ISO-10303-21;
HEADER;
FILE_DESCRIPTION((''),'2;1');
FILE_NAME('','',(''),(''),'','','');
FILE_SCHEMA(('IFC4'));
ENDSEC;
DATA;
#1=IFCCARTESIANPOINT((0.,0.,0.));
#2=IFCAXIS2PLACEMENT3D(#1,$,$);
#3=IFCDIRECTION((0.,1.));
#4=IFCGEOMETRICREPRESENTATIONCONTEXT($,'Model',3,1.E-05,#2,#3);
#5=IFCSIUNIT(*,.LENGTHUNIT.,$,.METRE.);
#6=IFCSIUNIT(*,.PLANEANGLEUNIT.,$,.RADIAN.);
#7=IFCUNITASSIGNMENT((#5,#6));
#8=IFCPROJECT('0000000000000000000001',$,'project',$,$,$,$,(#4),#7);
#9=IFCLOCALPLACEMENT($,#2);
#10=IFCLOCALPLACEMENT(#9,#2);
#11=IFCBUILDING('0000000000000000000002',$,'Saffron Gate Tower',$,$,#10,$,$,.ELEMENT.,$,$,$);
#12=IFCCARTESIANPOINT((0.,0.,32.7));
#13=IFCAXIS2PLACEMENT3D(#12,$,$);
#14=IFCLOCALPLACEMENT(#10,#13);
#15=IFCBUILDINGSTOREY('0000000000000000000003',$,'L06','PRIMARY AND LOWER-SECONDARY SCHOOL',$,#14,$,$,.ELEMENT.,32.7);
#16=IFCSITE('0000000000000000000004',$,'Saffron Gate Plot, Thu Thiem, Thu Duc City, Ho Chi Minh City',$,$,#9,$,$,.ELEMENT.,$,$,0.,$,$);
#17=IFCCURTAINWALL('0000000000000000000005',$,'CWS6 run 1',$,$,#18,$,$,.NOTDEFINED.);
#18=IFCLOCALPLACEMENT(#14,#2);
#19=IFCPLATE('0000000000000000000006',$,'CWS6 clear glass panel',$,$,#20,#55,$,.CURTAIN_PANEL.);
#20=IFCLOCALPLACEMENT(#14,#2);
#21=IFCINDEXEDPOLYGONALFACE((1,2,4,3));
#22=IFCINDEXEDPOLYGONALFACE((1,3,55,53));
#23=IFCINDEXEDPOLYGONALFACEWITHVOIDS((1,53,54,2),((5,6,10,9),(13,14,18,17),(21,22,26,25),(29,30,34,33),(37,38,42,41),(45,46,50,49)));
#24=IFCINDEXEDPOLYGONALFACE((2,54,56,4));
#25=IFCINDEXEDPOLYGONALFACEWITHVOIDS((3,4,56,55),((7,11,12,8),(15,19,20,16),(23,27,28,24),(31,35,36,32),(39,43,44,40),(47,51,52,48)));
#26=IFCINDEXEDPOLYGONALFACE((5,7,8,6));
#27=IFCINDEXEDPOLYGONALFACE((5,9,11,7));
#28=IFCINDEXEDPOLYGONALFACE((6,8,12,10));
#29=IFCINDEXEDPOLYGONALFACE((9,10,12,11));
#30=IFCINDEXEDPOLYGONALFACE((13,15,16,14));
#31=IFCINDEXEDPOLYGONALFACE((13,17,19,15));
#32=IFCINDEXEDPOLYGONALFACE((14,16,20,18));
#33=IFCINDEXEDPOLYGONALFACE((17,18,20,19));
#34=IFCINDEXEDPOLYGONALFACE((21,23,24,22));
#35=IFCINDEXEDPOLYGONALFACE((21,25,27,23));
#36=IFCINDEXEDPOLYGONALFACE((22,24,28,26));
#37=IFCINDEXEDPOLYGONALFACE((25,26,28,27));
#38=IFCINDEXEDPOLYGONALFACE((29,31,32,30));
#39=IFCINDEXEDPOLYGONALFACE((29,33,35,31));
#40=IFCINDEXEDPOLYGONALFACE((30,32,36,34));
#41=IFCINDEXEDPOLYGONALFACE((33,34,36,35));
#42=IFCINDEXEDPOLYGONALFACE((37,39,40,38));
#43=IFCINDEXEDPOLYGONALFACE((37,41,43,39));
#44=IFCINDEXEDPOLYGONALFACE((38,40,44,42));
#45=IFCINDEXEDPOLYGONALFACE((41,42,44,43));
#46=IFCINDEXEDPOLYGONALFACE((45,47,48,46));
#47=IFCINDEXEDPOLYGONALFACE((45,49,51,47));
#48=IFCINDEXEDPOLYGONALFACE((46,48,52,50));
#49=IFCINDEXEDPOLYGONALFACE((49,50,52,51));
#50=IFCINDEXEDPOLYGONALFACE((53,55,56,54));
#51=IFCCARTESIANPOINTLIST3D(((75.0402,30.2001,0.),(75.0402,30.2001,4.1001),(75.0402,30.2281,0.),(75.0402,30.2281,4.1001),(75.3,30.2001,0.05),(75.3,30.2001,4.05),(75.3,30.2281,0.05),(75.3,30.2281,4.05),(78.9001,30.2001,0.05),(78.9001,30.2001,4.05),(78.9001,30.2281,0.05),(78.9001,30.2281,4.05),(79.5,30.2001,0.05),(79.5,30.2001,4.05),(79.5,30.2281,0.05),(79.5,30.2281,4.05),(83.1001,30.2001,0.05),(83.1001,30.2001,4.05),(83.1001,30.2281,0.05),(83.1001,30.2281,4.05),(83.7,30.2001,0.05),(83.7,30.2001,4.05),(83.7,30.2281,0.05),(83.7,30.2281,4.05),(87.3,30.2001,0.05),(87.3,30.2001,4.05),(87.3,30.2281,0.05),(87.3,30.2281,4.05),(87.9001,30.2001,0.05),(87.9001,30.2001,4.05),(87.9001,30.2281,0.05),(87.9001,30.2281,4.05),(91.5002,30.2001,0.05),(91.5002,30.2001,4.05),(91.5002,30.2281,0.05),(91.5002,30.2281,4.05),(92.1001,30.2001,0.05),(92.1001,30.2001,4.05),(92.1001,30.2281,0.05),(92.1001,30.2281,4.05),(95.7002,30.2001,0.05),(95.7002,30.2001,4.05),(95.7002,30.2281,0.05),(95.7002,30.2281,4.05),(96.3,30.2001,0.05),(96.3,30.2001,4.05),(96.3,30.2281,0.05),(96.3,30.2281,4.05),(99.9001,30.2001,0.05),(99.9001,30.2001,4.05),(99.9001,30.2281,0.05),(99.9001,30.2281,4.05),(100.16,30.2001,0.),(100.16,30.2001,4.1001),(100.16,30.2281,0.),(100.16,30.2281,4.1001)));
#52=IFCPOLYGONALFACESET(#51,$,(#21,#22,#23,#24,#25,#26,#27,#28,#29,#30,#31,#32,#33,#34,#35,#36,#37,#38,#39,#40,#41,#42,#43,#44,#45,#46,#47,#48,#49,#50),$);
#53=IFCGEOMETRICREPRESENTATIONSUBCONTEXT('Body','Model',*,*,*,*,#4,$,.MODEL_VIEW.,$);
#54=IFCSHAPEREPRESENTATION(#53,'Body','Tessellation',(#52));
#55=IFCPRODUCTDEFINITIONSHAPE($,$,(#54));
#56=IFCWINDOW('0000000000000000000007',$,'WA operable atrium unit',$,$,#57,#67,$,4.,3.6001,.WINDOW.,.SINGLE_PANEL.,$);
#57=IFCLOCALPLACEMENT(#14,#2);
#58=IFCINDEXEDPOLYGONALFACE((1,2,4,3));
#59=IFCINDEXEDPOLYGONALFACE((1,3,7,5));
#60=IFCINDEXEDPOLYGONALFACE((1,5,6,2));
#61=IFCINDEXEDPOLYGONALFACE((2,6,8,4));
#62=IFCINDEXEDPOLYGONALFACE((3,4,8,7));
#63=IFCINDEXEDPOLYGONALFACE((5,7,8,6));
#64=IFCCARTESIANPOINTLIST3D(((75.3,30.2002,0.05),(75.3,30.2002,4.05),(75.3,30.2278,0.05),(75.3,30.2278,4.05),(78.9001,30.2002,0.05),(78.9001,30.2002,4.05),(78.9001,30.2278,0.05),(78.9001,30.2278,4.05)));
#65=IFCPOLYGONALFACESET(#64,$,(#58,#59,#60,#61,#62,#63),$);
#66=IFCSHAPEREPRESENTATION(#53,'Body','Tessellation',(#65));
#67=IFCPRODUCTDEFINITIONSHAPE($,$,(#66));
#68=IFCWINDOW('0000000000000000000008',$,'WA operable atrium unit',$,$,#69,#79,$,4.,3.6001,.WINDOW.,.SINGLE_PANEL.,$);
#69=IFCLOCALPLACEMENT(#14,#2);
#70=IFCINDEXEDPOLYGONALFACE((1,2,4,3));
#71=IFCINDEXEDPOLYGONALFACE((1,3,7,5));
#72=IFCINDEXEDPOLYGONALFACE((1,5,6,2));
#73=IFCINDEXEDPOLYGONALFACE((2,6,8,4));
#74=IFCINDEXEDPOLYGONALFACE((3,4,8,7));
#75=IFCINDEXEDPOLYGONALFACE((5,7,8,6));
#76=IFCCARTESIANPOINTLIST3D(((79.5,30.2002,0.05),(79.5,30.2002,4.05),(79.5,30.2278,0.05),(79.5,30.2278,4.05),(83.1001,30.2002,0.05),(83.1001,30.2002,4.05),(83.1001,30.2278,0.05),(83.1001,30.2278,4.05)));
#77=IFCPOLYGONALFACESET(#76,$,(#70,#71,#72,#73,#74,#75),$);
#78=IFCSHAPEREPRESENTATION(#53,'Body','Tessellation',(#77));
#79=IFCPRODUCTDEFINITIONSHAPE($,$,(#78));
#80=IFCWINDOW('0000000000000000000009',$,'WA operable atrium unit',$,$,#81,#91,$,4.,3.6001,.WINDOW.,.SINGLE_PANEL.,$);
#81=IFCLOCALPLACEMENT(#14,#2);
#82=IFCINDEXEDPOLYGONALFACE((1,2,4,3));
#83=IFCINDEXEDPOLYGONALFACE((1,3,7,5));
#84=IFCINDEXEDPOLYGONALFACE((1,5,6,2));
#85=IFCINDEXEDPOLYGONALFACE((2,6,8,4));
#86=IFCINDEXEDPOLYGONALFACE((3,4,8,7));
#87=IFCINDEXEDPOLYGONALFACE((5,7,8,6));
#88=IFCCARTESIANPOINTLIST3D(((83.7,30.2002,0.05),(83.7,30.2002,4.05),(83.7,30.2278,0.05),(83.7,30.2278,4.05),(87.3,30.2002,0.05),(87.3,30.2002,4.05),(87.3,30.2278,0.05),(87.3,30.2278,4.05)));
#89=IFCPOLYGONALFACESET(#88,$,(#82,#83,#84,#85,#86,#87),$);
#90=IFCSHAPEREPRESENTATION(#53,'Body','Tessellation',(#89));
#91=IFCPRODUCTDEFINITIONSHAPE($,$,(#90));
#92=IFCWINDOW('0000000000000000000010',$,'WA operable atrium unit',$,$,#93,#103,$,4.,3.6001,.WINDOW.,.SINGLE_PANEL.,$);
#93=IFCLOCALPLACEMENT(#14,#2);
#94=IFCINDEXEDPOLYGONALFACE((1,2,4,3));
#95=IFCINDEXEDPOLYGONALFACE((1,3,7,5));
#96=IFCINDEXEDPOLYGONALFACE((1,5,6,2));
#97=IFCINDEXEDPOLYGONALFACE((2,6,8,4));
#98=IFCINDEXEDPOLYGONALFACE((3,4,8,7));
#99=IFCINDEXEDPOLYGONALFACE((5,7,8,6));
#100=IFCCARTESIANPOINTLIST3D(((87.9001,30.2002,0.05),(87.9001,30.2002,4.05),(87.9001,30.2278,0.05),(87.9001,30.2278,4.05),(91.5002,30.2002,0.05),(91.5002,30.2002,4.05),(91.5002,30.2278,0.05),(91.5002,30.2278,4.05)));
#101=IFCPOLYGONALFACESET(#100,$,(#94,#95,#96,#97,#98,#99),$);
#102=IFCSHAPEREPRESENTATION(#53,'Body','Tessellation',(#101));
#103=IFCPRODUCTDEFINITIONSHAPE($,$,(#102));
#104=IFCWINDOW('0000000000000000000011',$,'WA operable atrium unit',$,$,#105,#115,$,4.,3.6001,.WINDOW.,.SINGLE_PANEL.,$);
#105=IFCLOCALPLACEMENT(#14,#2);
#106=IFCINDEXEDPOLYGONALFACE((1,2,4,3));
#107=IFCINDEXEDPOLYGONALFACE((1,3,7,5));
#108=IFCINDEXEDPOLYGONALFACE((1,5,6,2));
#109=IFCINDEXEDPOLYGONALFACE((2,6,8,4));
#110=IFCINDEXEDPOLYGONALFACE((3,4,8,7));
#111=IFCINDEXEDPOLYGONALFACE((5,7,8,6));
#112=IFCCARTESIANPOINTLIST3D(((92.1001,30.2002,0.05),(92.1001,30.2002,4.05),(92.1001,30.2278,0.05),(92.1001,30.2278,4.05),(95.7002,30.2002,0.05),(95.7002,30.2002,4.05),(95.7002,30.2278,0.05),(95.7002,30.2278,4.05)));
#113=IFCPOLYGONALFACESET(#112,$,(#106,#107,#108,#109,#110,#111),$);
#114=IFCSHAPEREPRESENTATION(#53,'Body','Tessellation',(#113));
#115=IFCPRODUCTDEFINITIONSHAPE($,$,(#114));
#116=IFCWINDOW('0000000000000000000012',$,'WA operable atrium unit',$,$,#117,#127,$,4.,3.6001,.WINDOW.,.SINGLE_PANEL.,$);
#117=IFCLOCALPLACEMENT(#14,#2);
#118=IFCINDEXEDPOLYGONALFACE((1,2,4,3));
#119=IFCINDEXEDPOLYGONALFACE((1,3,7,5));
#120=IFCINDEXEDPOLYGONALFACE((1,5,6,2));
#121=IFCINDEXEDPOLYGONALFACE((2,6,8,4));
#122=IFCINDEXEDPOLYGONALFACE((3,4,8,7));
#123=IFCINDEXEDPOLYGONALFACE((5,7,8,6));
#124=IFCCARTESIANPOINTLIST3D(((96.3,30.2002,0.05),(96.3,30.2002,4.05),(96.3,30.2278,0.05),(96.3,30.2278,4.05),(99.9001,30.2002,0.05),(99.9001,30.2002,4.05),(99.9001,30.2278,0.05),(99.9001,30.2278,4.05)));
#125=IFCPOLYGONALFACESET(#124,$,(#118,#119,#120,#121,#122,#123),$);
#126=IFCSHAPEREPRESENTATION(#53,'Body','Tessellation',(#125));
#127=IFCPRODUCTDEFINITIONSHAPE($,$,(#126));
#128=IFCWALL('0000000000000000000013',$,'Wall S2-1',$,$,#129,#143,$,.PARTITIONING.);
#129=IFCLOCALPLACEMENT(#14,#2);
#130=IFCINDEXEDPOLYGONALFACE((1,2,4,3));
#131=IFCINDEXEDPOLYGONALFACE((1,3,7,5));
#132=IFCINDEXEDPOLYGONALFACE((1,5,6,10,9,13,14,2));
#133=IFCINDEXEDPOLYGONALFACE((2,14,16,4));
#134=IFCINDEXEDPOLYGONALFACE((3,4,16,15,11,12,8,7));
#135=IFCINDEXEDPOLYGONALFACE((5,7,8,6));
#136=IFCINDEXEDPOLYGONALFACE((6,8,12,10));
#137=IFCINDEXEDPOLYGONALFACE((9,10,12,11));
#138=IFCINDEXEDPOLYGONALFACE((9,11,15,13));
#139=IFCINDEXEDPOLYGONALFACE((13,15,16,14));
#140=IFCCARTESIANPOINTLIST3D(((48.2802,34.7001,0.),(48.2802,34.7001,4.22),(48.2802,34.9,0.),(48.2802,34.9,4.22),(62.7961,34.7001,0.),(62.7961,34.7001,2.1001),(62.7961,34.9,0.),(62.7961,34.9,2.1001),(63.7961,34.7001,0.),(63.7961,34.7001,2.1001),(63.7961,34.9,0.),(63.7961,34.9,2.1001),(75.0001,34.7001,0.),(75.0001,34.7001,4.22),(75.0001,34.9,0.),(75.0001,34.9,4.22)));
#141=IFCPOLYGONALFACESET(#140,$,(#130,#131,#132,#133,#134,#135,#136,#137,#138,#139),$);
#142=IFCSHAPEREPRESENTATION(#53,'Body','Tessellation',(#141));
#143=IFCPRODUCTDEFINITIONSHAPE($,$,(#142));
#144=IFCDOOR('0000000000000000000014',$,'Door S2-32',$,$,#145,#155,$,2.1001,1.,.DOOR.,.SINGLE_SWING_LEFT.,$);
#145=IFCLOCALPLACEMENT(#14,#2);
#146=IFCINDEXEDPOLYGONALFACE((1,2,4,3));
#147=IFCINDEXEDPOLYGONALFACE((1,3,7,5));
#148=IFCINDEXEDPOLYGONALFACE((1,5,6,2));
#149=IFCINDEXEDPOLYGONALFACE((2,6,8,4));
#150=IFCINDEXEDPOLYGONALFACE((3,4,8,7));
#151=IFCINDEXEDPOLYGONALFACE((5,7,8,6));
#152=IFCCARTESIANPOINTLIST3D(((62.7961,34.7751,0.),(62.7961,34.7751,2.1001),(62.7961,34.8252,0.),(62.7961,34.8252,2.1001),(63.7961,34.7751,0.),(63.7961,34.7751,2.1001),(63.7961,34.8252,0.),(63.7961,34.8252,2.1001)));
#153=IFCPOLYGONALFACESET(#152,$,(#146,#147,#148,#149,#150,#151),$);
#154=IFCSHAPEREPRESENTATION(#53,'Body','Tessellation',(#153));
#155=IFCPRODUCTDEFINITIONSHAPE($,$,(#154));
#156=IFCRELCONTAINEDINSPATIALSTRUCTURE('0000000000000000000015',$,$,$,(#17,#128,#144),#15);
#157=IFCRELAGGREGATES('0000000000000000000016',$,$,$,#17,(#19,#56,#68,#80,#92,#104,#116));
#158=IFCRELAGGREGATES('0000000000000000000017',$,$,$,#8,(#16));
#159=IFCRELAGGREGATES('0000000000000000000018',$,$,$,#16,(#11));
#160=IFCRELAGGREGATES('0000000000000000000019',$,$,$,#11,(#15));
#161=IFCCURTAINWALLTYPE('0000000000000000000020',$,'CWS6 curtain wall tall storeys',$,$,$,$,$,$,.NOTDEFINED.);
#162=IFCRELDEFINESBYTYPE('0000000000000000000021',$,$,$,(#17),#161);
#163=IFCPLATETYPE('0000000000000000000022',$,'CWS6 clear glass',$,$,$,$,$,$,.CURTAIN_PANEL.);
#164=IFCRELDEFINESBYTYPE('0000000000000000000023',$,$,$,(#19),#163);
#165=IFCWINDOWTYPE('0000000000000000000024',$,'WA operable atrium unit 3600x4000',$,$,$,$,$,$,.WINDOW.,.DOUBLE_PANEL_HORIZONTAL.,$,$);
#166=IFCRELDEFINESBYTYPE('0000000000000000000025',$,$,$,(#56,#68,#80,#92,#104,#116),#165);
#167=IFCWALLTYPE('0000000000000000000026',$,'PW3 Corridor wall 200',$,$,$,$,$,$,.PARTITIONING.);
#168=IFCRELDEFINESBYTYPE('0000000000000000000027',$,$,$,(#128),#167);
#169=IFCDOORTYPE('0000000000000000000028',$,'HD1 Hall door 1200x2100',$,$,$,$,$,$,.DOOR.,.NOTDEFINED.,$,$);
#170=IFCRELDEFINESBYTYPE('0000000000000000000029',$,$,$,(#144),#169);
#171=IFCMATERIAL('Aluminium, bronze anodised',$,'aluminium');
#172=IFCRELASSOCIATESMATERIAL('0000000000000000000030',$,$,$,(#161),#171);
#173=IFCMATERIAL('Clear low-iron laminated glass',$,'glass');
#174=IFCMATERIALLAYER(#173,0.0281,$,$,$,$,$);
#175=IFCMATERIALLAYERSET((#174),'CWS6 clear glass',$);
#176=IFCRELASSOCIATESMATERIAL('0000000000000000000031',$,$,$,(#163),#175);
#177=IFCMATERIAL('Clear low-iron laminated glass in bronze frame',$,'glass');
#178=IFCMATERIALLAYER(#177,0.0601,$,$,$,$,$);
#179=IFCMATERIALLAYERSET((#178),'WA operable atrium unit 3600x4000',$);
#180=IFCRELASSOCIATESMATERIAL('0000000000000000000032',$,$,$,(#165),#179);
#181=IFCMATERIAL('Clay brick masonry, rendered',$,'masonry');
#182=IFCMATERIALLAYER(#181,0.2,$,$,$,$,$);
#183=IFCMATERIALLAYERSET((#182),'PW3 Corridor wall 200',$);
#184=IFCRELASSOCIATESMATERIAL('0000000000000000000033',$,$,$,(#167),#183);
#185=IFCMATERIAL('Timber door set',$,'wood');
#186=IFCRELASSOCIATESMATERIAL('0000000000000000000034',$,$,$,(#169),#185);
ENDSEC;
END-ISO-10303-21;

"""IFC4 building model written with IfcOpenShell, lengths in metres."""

from ifc_helpers import new_model, si_unit, direction, frame, frame_2d, origin, place, context, subcontext, project, spatial, rectangle, extrude, material, layer, layer_set, type_object, element, fill, aggregate, save


model = new_model("IFC4")

# Units and contexts
model_context = context("Model", 3, precision=1e-05, world=origin(), true_north=direction((0.0, 1.0)))
body_context = subcontext(model_context, "Body", "Model", "MODEL_VIEW")
ifc_project = project(units=[si_unit("LENGTHUNIT", "METRE"), si_unit("PLANEANGLEUNIT", "RADIAN")], contexts=[model_context])

# Site, building, storey
site_placement = place(None, origin())
site = spatial("IfcSite", under=ifc_project, at=site_placement, Name="Saffron Gate Plot, Thu Thiem, Thu Duc City, Ho Chi Minh City", CompositionType="ELEMENT", RefElevation=0.0)
building_placement = place(site_placement, origin())
building = spatial("IfcBuilding", under=site, at=building_placement, Name="Saffron Gate Tower", CompositionType="ELEMENT")
storey_placement = place(building_placement, frame((0.0, 0.0, 32.7)))
storey = spatial("IfcBuildingStorey", under=building, at=storey_placement, Name="L06", Description="PRIMARY AND LOWER-SECONDARY SCHOOL", CompositionType="ELEMENT", Elevation=32.7)

# Curtain wall, plate, openings, windows
ifc_material_1 = material(Name="Aluminium, bronze anodised", Category="aluminium")
curtain_wall_type = type_object("IfcCurtainWallType", Name="CWS6 curtain wall tall storeys", PredefinedType="NOTDEFINED", material=ifc_material_1)
curtain_wall_placement = place(storey_placement, origin())
curtain_wall = element("IfcCurtainWall", 1, at=curtain_wall_placement, inside=storey, type_object=curtain_wall_type, Name="CWS6 run 1", PredefinedType="NOTDEFINED")
ifc_material_2 = material(Name="Clear low-iron laminated glass", Category="glass")
ifc_layer_1 = layer(ifc_material_2, 0.0281)
ifc_layer_set_1 = layer_set([ifc_layer_1], Name="CWS6 clear glass")
plate_type = type_object("IfcPlateType", Name="CWS6 clear glass", PredefinedType="CURTAIN_PANEL", material=ifc_layer_set_1)
plate_placement = place(storey_placement, frame((75.04, 30.2141, 0.0), z_axis=(0.0, 0.0, 1.0), x_axis=(1.0, 0.0, 0.0)))
plate = element("IfcPlate", 2, at=plate_placement, type_object=plate_type, Name="CWS6 clear glass panel", PredefinedType="CURTAIN_PANEL", context=body_context, shape_type="SweptSolid", body=[
    extrude(rectangle(XDim=25.1199, YDim=0.0281, at=frame_2d((12.5601, 0.0))), origin(), (0.0, 0.0, 1.0), 4.1001),
])
opening_1_placement = place(plate_placement, frame((0.26, 0.0, 0.05)))
opening_1 = element("IfcOpeningElement", 3, at=opening_1_placement, cuts=plate, PredefinedType="OPENING", context=body_context, shape_type="SweptSolid", body=[
    extrude(rectangle(XDim=3.6001, YDim=4.0, at=frame_2d((1.8, 2.0))), frame((0.0, 0.0239, 0.0), z_axis=(0.0, -1.0, 0.0), x_axis=(1.0, 0.0, 0.0)), (0.0, 0.0, 1.0), 0.0481),
])
opening_2_placement = place(plate_placement, frame((4.46, 0.0, 0.05)))
opening_2 = element("IfcOpeningElement", 4, at=opening_2_placement, cuts=plate, PredefinedType="OPENING", context=body_context, shape_type="SweptSolid", body=[
    extrude(rectangle(XDim=3.6001, YDim=4.0, at=frame_2d((1.8, 2.0))), frame((0.0, 0.0239, 0.0), z_axis=(0.0, -1.0, 0.0), x_axis=(1.0, 0.0, 0.0)), (0.0, 0.0, 1.0), 0.0481),
])
opening_3_placement = place(plate_placement, frame((8.6599, 0.0, 0.05)))
opening_3 = element("IfcOpeningElement", 5, at=opening_3_placement, cuts=plate, PredefinedType="OPENING", context=body_context, shape_type="SweptSolid", body=[
    extrude(rectangle(XDim=3.6001, YDim=4.0, at=frame_2d((1.8, 2.0))), frame((0.0, 0.0239, 0.0), z_axis=(0.0, -1.0, 0.0), x_axis=(1.0, 0.0, 0.0)), (0.0, 0.0, 1.0), 0.0481),
])
opening_4_placement = place(plate_placement, frame((12.8601, 0.0, 0.05)))
opening_4 = element("IfcOpeningElement", 6, at=opening_4_placement, cuts=plate, PredefinedType="OPENING", context=body_context, shape_type="SweptSolid", body=[
    extrude(rectangle(XDim=3.6001, YDim=4.0, at=frame_2d((1.8, 2.0))), frame((0.0, 0.0239, 0.0), z_axis=(0.0, -1.0, 0.0), x_axis=(1.0, 0.0, 0.0)), (0.0, 0.0, 1.0), 0.0481),
])
opening_5_placement = place(plate_placement, frame((17.0601, 0.0, 0.05)))
opening_5 = element("IfcOpeningElement", 7, at=opening_5_placement, cuts=plate, PredefinedType="OPENING", context=body_context, shape_type="SweptSolid", body=[
    extrude(rectangle(XDim=3.6001, YDim=4.0, at=frame_2d((1.8, 2.0))), frame((0.0, 0.0239, 0.0), z_axis=(0.0, -1.0, 0.0), x_axis=(1.0, 0.0, 0.0)), (0.0, 0.0, 1.0), 0.0481),
])
opening_6_placement = place(plate_placement, frame((21.26, 0.0, 0.05)))
opening_6 = element("IfcOpeningElement", 8, at=opening_6_placement, cuts=plate, PredefinedType="OPENING", context=body_context, shape_type="SweptSolid", body=[
    extrude(rectangle(XDim=3.6001, YDim=4.0, at=frame_2d((1.8, 2.0))), frame((0.0, 0.0239, 0.0), z_axis=(0.0, -1.0, 0.0), x_axis=(1.0, 0.0, 0.0)), (0.0, 0.0, 1.0), 0.0481),
])
ifc_material_3 = material(Name="Clear low-iron laminated glass in bronze frame", Category="glass")
ifc_layer_2 = layer(ifc_material_3, 0.0601)
ifc_layer_set_2 = layer_set([ifc_layer_2], Name="WA operable atrium unit 3600x4000")
window_type = type_object("IfcWindowType", Name="WA operable atrium unit 3600x4000", PartitioningType="DOUBLE_PANEL_HORIZONTAL", PredefinedType="WINDOW", material=ifc_layer_set_2)
window_1_placement = place(opening_1_placement, origin())
window_1 = element("IfcWindow", 9, at=window_1_placement, type_object=window_type, Name="WA operable atrium unit", OverallHeight=4.0, OverallWidth=3.6001, PartitioningType="SINGLE_PANEL", PredefinedType="WINDOW", context=body_context, shape_type="SweptSolid", body=[
    extrude(rectangle(XDim=3.6001, YDim=4.0, at=frame_2d((1.8, 2.0))), frame((0.0, 0.0137, 0.0), z_axis=(0.0, -1.0, 0.0), x_axis=(1.0, 0.0, 0.0)), (0.0, 0.0, 1.0), 0.0276),
])
fill(opening_1, window_1)
window_2_placement = place(opening_2_placement, origin())
window_2 = element("IfcWindow", 10, at=window_2_placement, type_object=window_type, Name="WA operable atrium unit", OverallHeight=4.0, OverallWidth=3.6001, PartitioningType="SINGLE_PANEL", PredefinedType="WINDOW", context=body_context, shape_type="SweptSolid", body=[
    extrude(rectangle(XDim=3.6001, YDim=4.0, at=frame_2d((1.8, 2.0))), frame((0.0, 0.0137, 0.0), z_axis=(0.0, -1.0, 0.0), x_axis=(1.0, 0.0, 0.0)), (0.0, 0.0, 1.0), 0.0276),
])
fill(opening_2, window_2)
window_3_placement = place(opening_3_placement, origin())
window_3 = element("IfcWindow", 11, at=window_3_placement, type_object=window_type, Name="WA operable atrium unit", OverallHeight=4.0, OverallWidth=3.6001, PartitioningType="SINGLE_PANEL", PredefinedType="WINDOW", context=body_context, shape_type="SweptSolid", body=[
    extrude(rectangle(XDim=3.6001, YDim=4.0, at=frame_2d((1.8, 2.0))), frame((0.0, 0.0137, 0.0), z_axis=(0.0, -1.0, 0.0), x_axis=(1.0, 0.0, 0.0)), (0.0, 0.0, 1.0), 0.0276),
])
fill(opening_3, window_3)
window_4_placement = place(opening_4_placement, origin())
window_4 = element("IfcWindow", 12, at=window_4_placement, type_object=window_type, Name="WA operable atrium unit", OverallHeight=4.0, OverallWidth=3.6001, PartitioningType="SINGLE_PANEL", PredefinedType="WINDOW", context=body_context, shape_type="SweptSolid", body=[
    extrude(rectangle(XDim=3.6001, YDim=4.0, at=frame_2d((1.8, 2.0))), frame((0.0, 0.0137, 0.0), z_axis=(0.0, -1.0, 0.0), x_axis=(1.0, 0.0, 0.0)), (0.0, 0.0, 1.0), 0.0276),
])
fill(opening_4, window_4)
window_5_placement = place(opening_5_placement, origin())
window_5 = element("IfcWindow", 13, at=window_5_placement, type_object=window_type, Name="WA operable atrium unit", OverallHeight=4.0, OverallWidth=3.6001, PartitioningType="SINGLE_PANEL", PredefinedType="WINDOW", context=body_context, shape_type="SweptSolid", body=[
    extrude(rectangle(XDim=3.6001, YDim=4.0, at=frame_2d((1.8, 2.0))), frame((0.0, 0.0137, 0.0), z_axis=(0.0, -1.0, 0.0), x_axis=(1.0, 0.0, 0.0)), (0.0, 0.0, 1.0), 0.0276),
])
fill(opening_5, window_5)
window_6_placement = place(opening_6_placement, origin())
window_6 = element("IfcWindow", 14, at=window_6_placement, type_object=window_type, Name="WA operable atrium unit", OverallHeight=4.0, OverallWidth=3.6001, PartitioningType="SINGLE_PANEL", PredefinedType="WINDOW", context=body_context, shape_type="SweptSolid", body=[
    extrude(rectangle(XDim=3.6001, YDim=4.0, at=frame_2d((1.8, 2.0))), frame((0.0, 0.0137, 0.0), z_axis=(0.0, -1.0, 0.0), x_axis=(1.0, 0.0, 0.0)), (0.0, 0.0, 1.0), 0.0276),
])
fill(opening_6, window_6)
aggregate(curtain_wall, [plate, window_1, window_2, window_3, window_4, window_5, window_6])

# Wall, opening, door
ifc_material_4 = material(Name="Clay brick masonry, rendered", Category="masonry")
ifc_layer_3 = layer(ifc_material_4, 0.2)
ifc_layer_set_3 = layer_set([ifc_layer_3], Name="PW3 Corridor wall 200")
wall_type_1 = type_object("IfcWallType", Name="PW3 Corridor wall 200", PredefinedType="PARTITIONING", material=ifc_layer_set_3)
wall_1_placement = place(storey_placement, frame((75.0, 34.8, 0.0), z_axis=(0.0, 0.0, 1.0), x_axis=(-1.0, 0.0, 0.0)))
wall_1 = element("IfcWall", 15, at=wall_1_placement, inside=storey, type_object=wall_type_1, Name="Wall S2-1", PredefinedType="PARTITIONING", context=body_context, shape_type="SweptSolid", body=[
    extrude(rectangle(XDim=26.72, YDim=0.2, at=frame_2d((13.3599, 0.0))), origin(), (0.0, 0.0, 1.0), 4.22),
])
opening_7_placement = place(wall_1_placement, frame((11.2039, 0.0, 0.0)))
opening_7 = element("IfcOpeningElement", 16, at=opening_7_placement, cuts=wall_1, PredefinedType="OPENING", context=body_context, shape_type="SweptSolid", body=[
    extrude(rectangle(XDim=1.0, YDim=2.1001, at=frame_2d((0.5, 1.05))), frame((0.0, 0.1099, 0.0), z_axis=(0.0, -1.0, 0.0), x_axis=(1.0, 0.0, 0.0)), (0.0, 0.0, 1.0), 0.22),
])
ifc_material_5 = material(Name="Timber door set", Category="wood")
door_type_1 = type_object("IfcDoorType", Name="HD1 Hall door 1200x2100", OperationType="NOTDEFINED", PredefinedType="DOOR", material=ifc_material_5)
door_1_placement = place(opening_7_placement, origin())
door_1 = element("IfcDoor", 17, at=door_1_placement, inside=storey, type_object=door_type_1, Name="Door S2-32", OperationType="SINGLE_SWING_LEFT", OverallHeight=2.1001, OverallWidth=1.0, PredefinedType="DOOR", context=body_context, shape_type="SweptSolid", body=[
    extrude(rectangle(XDim=1.0, YDim=2.1001, at=frame_2d((0.5, 1.05))), frame((0.0, 0.0249, 0.0), z_axis=(0.0, -1.0, 0.0), x_axis=(1.0, 0.0, 0.0)), (0.0, 0.0, 1.0), 0.05),
])
fill(opening_7, door_1)

save(model, "model.ifc")
